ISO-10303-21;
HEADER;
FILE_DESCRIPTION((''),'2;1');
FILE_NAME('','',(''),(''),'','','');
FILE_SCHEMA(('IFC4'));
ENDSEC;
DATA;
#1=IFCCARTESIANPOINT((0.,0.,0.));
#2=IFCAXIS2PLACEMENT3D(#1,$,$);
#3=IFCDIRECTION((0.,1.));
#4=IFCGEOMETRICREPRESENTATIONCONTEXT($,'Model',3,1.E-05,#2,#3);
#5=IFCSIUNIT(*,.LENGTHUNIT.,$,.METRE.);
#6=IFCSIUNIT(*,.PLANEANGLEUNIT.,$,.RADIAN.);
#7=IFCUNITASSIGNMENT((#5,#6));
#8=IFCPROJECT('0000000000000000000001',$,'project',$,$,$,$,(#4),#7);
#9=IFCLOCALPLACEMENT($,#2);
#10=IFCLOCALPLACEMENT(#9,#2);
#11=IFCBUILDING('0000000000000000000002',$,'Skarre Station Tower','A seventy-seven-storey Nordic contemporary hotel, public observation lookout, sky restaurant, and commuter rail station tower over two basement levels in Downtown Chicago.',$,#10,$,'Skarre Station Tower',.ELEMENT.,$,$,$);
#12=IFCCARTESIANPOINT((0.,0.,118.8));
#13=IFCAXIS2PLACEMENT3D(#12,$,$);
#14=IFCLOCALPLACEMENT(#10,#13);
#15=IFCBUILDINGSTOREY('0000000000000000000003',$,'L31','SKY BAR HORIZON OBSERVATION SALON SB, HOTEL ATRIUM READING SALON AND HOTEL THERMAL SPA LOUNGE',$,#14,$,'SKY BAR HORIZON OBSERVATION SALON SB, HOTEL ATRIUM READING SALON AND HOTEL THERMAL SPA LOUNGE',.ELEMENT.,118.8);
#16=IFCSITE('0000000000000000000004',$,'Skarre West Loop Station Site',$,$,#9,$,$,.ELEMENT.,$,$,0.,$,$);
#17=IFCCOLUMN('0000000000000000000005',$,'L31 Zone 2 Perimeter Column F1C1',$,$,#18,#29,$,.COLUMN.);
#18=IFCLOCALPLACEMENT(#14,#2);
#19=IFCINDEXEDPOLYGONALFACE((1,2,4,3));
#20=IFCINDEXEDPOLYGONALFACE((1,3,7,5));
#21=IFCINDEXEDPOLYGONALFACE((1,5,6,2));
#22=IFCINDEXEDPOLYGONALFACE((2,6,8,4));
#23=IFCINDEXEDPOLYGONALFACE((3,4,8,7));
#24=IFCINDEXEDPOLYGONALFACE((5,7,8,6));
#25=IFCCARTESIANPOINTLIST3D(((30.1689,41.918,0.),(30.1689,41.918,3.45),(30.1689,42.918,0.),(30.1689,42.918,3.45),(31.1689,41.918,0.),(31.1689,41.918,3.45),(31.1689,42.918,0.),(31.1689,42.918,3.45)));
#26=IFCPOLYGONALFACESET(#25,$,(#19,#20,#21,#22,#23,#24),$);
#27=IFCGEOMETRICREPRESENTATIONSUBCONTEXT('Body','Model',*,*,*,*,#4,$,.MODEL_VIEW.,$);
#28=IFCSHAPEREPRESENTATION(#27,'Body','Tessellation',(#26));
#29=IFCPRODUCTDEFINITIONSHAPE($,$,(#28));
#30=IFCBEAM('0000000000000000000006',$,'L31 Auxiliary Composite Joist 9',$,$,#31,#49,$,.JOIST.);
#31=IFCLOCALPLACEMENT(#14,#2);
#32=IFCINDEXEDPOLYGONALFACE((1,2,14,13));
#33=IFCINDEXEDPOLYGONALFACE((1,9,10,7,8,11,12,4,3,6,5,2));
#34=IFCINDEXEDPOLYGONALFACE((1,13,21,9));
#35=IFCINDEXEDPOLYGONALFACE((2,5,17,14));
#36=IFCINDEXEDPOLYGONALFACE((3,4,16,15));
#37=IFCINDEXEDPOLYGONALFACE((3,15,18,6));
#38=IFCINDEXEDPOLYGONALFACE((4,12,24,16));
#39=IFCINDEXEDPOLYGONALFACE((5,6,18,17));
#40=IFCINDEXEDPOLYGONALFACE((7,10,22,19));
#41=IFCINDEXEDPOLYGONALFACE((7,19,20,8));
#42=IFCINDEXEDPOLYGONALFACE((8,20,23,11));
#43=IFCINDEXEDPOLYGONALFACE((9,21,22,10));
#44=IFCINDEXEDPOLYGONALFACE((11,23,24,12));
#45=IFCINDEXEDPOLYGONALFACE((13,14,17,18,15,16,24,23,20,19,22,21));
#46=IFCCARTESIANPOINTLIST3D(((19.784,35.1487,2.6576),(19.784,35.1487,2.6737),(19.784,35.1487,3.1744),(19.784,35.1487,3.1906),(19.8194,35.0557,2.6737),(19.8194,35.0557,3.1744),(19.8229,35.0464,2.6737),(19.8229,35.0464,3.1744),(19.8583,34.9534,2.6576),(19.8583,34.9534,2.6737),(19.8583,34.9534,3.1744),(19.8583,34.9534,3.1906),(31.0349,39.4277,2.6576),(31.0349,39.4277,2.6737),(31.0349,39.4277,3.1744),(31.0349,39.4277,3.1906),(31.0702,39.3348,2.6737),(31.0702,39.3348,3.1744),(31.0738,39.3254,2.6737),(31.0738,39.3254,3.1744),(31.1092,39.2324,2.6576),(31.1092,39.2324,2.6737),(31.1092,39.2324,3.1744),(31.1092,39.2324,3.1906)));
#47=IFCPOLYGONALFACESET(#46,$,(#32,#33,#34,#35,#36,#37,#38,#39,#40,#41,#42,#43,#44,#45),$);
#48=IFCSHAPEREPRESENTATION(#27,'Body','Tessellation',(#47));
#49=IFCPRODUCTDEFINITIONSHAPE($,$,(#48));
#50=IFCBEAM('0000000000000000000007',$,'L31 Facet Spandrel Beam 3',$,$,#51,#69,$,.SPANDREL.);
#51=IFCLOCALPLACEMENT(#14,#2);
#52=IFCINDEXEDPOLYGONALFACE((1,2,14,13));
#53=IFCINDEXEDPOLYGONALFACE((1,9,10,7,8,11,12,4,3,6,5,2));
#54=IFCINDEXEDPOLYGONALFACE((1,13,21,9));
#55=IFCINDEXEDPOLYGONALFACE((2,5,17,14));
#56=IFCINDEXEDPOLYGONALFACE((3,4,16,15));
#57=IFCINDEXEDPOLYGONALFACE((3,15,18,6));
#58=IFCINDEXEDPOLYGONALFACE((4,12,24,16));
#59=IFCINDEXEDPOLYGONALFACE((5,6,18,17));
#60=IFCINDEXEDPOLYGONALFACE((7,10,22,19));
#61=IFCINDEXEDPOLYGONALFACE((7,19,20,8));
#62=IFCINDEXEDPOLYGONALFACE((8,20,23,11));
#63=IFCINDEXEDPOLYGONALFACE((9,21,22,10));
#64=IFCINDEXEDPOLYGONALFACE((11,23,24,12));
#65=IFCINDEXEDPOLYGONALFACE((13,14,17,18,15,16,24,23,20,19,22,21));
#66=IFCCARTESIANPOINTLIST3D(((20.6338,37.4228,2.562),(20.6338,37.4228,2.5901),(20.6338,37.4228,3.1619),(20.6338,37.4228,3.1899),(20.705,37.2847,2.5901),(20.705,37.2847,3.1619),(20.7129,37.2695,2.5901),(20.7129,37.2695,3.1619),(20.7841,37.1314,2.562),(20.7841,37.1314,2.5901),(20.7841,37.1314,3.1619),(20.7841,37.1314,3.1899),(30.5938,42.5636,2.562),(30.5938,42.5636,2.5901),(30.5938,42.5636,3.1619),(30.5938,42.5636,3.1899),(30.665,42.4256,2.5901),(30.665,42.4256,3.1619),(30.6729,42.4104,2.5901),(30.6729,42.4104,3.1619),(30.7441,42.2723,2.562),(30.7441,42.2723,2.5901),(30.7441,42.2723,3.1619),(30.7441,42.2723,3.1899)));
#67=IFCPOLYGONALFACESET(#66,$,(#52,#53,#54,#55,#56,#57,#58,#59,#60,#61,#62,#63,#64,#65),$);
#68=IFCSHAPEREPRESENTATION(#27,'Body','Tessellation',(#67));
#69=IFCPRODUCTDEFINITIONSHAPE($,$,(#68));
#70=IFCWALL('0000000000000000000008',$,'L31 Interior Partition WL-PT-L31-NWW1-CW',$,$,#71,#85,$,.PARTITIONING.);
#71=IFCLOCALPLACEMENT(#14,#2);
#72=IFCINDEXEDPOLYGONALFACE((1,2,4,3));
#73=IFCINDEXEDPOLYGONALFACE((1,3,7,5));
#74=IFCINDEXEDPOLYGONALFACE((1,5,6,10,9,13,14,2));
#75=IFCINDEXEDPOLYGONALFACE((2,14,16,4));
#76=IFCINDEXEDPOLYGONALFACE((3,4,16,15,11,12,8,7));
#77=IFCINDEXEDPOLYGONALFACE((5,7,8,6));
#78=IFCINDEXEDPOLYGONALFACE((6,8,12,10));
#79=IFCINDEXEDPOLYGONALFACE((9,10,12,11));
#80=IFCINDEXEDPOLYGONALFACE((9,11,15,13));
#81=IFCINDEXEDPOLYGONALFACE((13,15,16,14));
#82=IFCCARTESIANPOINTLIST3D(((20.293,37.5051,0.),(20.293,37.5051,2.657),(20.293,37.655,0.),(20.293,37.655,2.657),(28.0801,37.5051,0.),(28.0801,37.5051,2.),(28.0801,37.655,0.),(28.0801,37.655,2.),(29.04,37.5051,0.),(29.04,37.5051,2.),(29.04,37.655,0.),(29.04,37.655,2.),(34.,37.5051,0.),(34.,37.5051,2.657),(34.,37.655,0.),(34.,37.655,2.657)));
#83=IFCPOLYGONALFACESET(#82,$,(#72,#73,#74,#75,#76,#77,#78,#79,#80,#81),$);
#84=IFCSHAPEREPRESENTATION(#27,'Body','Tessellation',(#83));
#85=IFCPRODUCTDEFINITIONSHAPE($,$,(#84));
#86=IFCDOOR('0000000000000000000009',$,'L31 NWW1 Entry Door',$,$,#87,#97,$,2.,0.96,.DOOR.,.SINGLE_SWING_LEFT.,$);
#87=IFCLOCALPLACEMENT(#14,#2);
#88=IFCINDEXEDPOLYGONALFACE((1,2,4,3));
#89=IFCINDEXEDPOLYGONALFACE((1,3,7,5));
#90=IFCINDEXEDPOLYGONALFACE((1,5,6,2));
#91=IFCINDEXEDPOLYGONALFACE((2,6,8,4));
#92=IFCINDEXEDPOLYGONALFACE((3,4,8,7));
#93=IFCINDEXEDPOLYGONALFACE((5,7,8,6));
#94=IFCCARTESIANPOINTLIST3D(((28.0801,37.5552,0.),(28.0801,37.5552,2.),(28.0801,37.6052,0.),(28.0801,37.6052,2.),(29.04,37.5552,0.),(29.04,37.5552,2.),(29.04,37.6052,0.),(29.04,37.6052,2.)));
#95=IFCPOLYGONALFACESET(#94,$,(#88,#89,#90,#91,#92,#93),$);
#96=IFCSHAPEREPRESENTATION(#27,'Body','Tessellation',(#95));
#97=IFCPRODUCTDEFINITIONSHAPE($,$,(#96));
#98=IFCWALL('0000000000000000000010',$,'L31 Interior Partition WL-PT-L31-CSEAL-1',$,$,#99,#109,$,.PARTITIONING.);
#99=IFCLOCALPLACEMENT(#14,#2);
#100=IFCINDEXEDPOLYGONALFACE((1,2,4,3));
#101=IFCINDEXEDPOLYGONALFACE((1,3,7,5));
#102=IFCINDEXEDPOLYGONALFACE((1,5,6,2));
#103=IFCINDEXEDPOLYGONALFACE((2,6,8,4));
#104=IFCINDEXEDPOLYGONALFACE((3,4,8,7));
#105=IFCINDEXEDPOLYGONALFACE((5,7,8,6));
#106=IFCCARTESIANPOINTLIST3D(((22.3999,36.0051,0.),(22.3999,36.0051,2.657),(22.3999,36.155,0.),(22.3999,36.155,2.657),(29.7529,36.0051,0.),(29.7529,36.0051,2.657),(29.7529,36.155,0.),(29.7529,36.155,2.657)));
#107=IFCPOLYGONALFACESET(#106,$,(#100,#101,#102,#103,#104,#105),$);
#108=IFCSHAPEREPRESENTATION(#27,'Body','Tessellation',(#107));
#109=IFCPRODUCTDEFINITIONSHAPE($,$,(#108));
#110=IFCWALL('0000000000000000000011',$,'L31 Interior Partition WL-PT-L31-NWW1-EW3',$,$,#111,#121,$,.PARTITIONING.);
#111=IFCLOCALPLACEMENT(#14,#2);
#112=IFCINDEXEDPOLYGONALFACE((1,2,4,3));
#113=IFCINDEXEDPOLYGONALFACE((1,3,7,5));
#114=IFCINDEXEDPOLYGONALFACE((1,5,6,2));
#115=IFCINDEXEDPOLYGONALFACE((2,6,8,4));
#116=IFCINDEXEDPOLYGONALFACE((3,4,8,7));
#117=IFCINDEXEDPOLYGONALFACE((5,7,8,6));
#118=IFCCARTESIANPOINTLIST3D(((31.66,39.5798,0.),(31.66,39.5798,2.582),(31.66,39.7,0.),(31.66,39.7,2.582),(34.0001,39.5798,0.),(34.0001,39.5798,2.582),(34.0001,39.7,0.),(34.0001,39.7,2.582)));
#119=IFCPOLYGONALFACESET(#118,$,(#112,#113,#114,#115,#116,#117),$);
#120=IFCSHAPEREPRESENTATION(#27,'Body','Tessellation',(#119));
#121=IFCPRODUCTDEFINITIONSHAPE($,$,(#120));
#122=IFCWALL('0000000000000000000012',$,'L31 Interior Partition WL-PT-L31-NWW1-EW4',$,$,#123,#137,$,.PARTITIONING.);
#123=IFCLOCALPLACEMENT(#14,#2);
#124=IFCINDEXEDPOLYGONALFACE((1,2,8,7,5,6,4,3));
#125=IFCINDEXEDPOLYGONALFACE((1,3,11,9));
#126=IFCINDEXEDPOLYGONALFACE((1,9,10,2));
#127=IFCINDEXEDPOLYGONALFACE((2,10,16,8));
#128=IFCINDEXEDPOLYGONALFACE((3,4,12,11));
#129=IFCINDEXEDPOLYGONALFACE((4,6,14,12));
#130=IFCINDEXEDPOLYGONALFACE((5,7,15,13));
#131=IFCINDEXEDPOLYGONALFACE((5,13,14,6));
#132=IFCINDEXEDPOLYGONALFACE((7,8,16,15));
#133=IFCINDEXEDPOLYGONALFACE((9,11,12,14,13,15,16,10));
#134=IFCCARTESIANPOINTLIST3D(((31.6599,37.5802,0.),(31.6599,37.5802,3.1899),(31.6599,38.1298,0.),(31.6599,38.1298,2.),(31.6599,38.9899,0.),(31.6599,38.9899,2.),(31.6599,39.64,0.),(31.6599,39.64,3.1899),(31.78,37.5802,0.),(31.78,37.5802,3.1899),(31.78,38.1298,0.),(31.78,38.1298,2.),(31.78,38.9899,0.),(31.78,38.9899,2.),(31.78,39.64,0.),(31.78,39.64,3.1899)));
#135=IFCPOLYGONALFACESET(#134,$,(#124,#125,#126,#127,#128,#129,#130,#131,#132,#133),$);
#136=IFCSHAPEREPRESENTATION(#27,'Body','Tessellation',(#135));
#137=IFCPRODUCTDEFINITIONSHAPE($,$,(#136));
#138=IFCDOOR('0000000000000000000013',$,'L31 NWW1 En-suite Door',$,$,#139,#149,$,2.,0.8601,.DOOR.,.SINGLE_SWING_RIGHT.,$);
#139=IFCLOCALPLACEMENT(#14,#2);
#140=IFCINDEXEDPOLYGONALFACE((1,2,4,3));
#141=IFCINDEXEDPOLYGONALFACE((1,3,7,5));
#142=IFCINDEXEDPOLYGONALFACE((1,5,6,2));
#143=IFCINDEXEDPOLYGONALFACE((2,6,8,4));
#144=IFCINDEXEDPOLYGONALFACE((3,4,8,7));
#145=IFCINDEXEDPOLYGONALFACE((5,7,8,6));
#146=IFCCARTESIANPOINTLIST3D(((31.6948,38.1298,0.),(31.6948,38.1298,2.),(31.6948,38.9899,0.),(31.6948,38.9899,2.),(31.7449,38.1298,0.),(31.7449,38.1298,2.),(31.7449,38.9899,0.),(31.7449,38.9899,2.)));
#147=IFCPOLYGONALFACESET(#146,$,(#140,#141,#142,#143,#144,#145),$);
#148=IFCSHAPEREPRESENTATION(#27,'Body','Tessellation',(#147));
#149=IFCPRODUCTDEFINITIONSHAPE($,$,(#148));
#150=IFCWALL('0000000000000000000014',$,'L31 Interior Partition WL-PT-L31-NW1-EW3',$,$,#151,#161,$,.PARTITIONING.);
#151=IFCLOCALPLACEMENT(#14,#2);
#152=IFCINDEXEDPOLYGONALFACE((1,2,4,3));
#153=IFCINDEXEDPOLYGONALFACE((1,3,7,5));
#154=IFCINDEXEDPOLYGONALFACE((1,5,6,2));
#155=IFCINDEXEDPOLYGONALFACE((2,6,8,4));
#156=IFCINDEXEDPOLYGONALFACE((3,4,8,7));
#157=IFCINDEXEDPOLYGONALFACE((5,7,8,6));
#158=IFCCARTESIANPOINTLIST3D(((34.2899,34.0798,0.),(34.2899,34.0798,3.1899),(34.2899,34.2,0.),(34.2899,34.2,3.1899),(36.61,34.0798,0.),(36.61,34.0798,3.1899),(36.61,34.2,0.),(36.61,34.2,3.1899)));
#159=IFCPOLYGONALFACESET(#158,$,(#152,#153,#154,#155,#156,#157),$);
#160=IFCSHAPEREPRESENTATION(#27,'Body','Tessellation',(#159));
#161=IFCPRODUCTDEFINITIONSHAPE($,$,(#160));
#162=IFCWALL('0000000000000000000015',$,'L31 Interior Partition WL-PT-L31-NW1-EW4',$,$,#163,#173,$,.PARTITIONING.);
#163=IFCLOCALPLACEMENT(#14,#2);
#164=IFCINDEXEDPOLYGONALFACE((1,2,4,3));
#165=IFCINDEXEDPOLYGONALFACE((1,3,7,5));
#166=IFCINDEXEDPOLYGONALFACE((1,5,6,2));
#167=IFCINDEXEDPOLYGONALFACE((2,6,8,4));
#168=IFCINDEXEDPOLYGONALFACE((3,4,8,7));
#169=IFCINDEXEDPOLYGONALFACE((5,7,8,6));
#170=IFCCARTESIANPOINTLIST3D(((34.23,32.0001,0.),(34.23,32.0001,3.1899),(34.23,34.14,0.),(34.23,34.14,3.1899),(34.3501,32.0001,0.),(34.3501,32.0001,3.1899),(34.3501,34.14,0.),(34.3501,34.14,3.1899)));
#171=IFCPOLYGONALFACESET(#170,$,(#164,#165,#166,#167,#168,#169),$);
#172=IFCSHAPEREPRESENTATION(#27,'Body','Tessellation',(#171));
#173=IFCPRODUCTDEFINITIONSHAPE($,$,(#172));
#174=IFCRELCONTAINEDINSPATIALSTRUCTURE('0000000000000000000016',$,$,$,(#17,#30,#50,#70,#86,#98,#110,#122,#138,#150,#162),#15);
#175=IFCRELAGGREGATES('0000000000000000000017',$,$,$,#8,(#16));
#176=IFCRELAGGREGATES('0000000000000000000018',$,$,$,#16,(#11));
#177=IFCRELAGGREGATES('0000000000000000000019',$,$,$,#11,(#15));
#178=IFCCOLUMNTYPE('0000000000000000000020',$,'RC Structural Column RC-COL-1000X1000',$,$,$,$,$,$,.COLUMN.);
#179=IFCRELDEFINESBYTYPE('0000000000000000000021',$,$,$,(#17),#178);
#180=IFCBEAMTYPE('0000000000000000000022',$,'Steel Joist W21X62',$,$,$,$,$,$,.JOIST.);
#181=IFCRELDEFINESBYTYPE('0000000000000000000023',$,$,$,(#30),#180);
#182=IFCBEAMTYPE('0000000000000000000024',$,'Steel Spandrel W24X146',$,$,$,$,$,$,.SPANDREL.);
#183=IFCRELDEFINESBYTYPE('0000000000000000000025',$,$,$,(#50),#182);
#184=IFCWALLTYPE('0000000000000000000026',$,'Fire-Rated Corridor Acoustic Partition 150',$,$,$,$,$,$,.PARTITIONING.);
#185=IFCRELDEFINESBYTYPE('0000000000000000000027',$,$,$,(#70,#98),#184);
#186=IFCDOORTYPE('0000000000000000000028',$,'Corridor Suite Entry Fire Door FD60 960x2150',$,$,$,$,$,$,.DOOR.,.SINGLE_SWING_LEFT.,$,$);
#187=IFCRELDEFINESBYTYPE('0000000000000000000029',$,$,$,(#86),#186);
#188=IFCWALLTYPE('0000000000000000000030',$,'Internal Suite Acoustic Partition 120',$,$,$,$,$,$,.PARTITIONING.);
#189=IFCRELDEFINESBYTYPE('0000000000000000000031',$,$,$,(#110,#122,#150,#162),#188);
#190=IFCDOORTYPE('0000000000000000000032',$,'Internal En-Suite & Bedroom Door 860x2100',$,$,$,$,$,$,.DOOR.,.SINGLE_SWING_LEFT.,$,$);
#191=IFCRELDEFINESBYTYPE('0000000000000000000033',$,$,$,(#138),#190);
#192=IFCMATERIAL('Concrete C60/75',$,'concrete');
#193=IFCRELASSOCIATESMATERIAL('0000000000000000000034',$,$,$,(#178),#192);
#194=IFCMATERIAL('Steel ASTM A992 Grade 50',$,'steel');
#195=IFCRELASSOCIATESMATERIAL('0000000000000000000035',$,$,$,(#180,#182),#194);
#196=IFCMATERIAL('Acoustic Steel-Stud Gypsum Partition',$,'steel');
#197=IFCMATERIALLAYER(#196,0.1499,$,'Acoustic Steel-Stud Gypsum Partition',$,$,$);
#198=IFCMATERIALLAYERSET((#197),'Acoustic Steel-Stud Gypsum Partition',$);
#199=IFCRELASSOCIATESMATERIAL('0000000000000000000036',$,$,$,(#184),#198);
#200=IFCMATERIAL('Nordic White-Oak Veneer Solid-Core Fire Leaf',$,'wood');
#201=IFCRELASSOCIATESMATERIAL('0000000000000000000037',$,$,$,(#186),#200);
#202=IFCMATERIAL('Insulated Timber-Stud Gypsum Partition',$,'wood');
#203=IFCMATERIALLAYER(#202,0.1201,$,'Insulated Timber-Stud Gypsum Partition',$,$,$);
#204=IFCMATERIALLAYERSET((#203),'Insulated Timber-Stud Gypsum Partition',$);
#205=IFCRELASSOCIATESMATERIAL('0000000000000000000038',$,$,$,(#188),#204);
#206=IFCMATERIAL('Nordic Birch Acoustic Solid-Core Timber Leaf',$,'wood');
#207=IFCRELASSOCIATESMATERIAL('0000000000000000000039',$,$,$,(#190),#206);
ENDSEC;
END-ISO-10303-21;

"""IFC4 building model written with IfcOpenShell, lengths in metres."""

from ifc_helpers import new_model, si_unit, direction, frame, frame_2d, origin, origin_2d, place, context, subcontext, project, spatial, rectangle, i_section, extrude, material, layer, layer_set, material_profile, profile_set, type_object, element, fill, save


model = new_model("IFC4")

# Units and contexts
model_context = context("Model", 3, precision=1e-05, world=origin(), true_north=direction((0.0, 1.0)))
body_context = subcontext(model_context, "Body", "Model", "MODEL_VIEW")
ifc_project = project(units=[si_unit("LENGTHUNIT", "METRE"), si_unit("PLANEANGLEUNIT", "RADIAN")], contexts=[model_context])

# Site, building, storey
site_placement = place(None, origin())
site = spatial("IfcSite", under=ifc_project, at=site_placement, Name="Skarre West Loop Station Site", CompositionType="ELEMENT", RefElevation=0.0)
building_placement = place(site_placement, origin())
building = spatial("IfcBuilding", under=site, at=building_placement, Name="Skarre Station Tower", Description="A seventy-seven-storey Nordic contemporary hotel, public observation lookout, sky restaurant, and commuter rail station tower over two basement levels in Downtown Chicago.", LongName="Skarre Station Tower", CompositionType="ELEMENT")
storey_placement = place(building_placement, frame((0.0, 0.0, 118.8)))
storey = spatial("IfcBuildingStorey", under=building, at=storey_placement, Name="L31", Description="SKY BAR HORIZON OBSERVATION SALON SB, HOTEL ATRIUM READING SALON AND HOTEL THERMAL SPA LOUNGE", LongName="SKY BAR HORIZON OBSERVATION SALON SB, HOTEL ATRIUM READING SALON AND HOTEL THERMAL SPA LOUNGE", CompositionType="ELEMENT", Elevation=118.8)

# Column
ifc_material_1 = material(Name="Concrete C60/75", Category="concrete")
ifc_material_profile_1 = material_profile(ifc_material_1, rectangle(XDim=1.0, YDim=1.0, at=origin_2d()), Name="Concrete C60/75")
ifc_profile_set_1 = profile_set([ifc_material_profile_1], Name="Concrete C60/75")
column_type = type_object("IfcColumnType", Name="RC Structural Column RC-COL-1000X1000", PredefinedType="COLUMN", material=ifc_profile_set_1)
column_placement = place(storey_placement, frame((30.6689, 42.418, 0.0), z_axis=(0.0, 0.0, 1.0), x_axis=(1.0, 0.0, 0.0)))
element("IfcColumn", 1, at=column_placement, inside=storey, type_object=column_type, Name="L31 Zone 2 Perimeter Column F1C1", PredefinedType="COLUMN", context=body_context, shape_type="SweptSolid", body=[
    extrude(rectangle(XDim=1.0, YDim=1.0, at=origin_2d()), origin(), (0.0, 0.0, 1.0), 3.45),
])

# Beams
ifc_material_2 = material(Name="Steel ASTM A992 Grade 50", Category="steel")
ifc_material_profile_2 = material_profile(ifc_material_2, i_section(OverallWidth=0.209, OverallDepth=0.533, WebThickness=0.01, FlangeThickness=0.0161, at=origin_2d()), Name="Steel ASTM A992 Grade 50")
ifc_profile_set_2 = profile_set([ifc_material_profile_2], Name="Steel ASTM A992 Grade 50")
beam_type_1 = type_object("IfcBeamType", Name="Steel Joist W21X62", PredefinedType="JOIST", material=ifc_profile_set_2)
beam_1_placement = place(storey_placement, frame((31.072, 39.3301, 2.9241), z_axis=(-0.934682, -0.355485, 0.0), x_axis=(0.355485, -0.934682, 0.0)))
element("IfcBeam", 2, at=beam_1_placement, inside=storey, type_object=beam_type_1, Name="L31 Auxiliary Composite Joist 9", PredefinedType="JOIST", context=body_context, shape_type="SweptSolid", body=[
    extrude(i_section(OverallWidth=0.209, OverallDepth=0.533, WebThickness=0.01, FlangeThickness=0.0161, at=origin_2d()), origin(), (0.0, 0.0, 1.0), 12.0371),
])
ifc_material_profile_3 = material_profile(ifc_material_2, i_section(OverallWidth=0.3279, OverallDepth=0.6279, WebThickness=0.0171, FlangeThickness=0.0281, at=origin_2d()), Name="Steel ASTM A992 Grade 50")
ifc_profile_set_3 = profile_set([ifc_material_profile_3], Name="Steel ASTM A992 Grade 50")
beam_type_2 = type_object("IfcBeamType", Name="Steel Spandrel W24X146", PredefinedType="SPANDREL", material=ifc_profile_set_3)
beam_2_placement = place(storey_placement, frame((30.6689, 42.418, 2.876), z_axis=(-0.888612, -0.45866, 0.0), x_axis=(0.45866, -0.888612, 0.0)))
element("IfcBeam", 3, at=beam_2_placement, inside=storey, type_object=beam_type_2, Name="L31 Facet Spandrel Beam 3", PredefinedType="SPANDREL", context=body_context, shape_type="SweptSolid", body=[
    extrude(i_section(OverallWidth=0.3279, OverallDepth=0.6279, WebThickness=0.0171, FlangeThickness=0.0281, at=origin_2d()), origin(), (0.0, 0.0, 1.0), 11.2085),
])

# Wall, opening, door
ifc_material_3 = material(Name="Acoustic Steel-Stud Gypsum Partition", Category="steel")
ifc_layer_1 = layer(ifc_material_3, 0.1499, Name="Acoustic Steel-Stud Gypsum Partition")
ifc_layer_set_1 = layer_set([ifc_layer_1], Name="Acoustic Steel-Stud Gypsum Partition")
wall_type_1 = type_object("IfcWallType", Name="Fire-Rated Corridor Acoustic Partition 150", PredefinedType="PARTITIONING", material=ifc_layer_set_1)
wall_1_placement = place(storey_placement, frame((34.0, 37.5801, 0.0), z_axis=(0.0, 0.0, 1.0), x_axis=(-1.0, 0.0, 0.0)))
wall_1 = element("IfcWall", 4, at=wall_1_placement, inside=storey, type_object=wall_type_1, Name="L31 Interior Partition WL-PT-L31-NWW1-CW", PredefinedType="PARTITIONING", context=body_context, shape_type="SweptSolid", body=[
    extrude(rectangle(XDim=13.707, YDim=0.1499, at=frame_2d((6.8535, 0.0))), origin(), (0.0, 0.0, 1.0), 2.657),
])
opening_1_placement = place(wall_1_placement, frame((4.96, 0.0, 0.0)))
opening_1 = element("IfcOpeningElement", 5, at=opening_1_placement, cuts=wall_1, PredefinedType="OPENING", context=body_context, shape_type="SweptSolid", body=[
    extrude(rectangle(XDim=0.96, YDim=2.0, at=frame_2d((0.48, 1.0))), frame((0.0, 0.085, 0.0), z_axis=(0.0, -1.0, 0.0), x_axis=(1.0, 0.0, 0.0)), (0.0, 0.0, 1.0), 0.1699),
])
ifc_material_4 = material(Name="Nordic White-Oak Veneer Solid-Core Fire Leaf", Category="wood")
door_type_1 = type_object("IfcDoorType", Name="Corridor Suite Entry Fire Door FD60 960x2150", OperationType="SINGLE_SWING_LEFT", PredefinedType="DOOR", material=ifc_material_4)
door_1_placement = place(opening_1_placement, origin())
door_1 = element("IfcDoor", 6, at=door_1_placement, inside=storey, type_object=door_type_1, Name="L31 NWW1 Entry Door", OperationType="SINGLE_SWING_LEFT", OverallHeight=2.0, OverallWidth=0.96, PredefinedType="DOOR", context=body_context, shape_type="SweptSolid", body=[
    extrude(rectangle(XDim=0.96, YDim=2.0, at=frame_2d((0.48, 1.0))), frame((0.0, 0.0249, 0.0), z_axis=(0.0, -1.0, 0.0), x_axis=(1.0, 0.0, 0.0)), (0.0, 0.0, 1.0), 0.05),
])
fill(opening_1, door_1)

# Walls
wall_2_placement = place(storey_placement, frame((29.7529, 36.0801, 0.0), z_axis=(0.0, 0.0, 1.0), x_axis=(-1.0, 0.0, 0.0)))
element("IfcWall", 7, at=wall_2_placement, inside=storey, type_object=wall_type_1, Name="L31 Interior Partition WL-PT-L31-CSEAL-1", PredefinedType="PARTITIONING", context=body_context, shape_type="SweptSolid", body=[
    extrude(rectangle(XDim=7.353, YDim=0.1499, at=frame_2d((3.6765, 0.0))), origin(), (0.0, 0.0, 1.0), 2.657),
])
ifc_material_5 = material(Name="Insulated Timber-Stud Gypsum Partition", Category="wood")
ifc_layer_2 = layer(ifc_material_5, 0.1201, Name="Insulated Timber-Stud Gypsum Partition")
ifc_layer_set_2 = layer_set([ifc_layer_2], Name="Insulated Timber-Stud Gypsum Partition")
wall_type_2 = type_object("IfcWallType", Name="Internal Suite Acoustic Partition 120", PredefinedType="PARTITIONING", material=ifc_layer_set_2)
wall_3_placement = place(storey_placement, frame((34.0, 39.6399, 0.0), z_axis=(0.0, 0.0, 1.0), x_axis=(-1.0, 0.0, 0.0)))
element("IfcWall", 8, at=wall_3_placement, inside=storey, type_object=wall_type_2, Name="L31 Interior Partition WL-PT-L31-NWW1-EW3", PredefinedType="PARTITIONING", context=body_context, shape_type="SweptSolid", body=[
    extrude(rectangle(XDim=2.3401, YDim=0.1201, at=frame_2d((1.1699, 0.0))), origin(), (0.0, 0.0, 1.0), 2.582),
])

# Wall, opening, door
wall_4_placement = place(storey_placement, frame((31.72, 39.6399, 0.0), z_axis=(0.0, 0.0, 1.0), x_axis=(0.0, -1.0, 0.0)))
wall_4 = element("IfcWall", 9, at=wall_4_placement, inside=storey, type_object=wall_type_2, Name="L31 Interior Partition WL-PT-L31-NWW1-EW4", PredefinedType="PARTITIONING", context=body_context, shape_type="SweptSolid", body=[
    extrude(rectangle(XDim=2.0598, YDim=0.1201, at=frame_2d((1.0298, 0.0))), origin(), (0.0, 0.0, 1.0), 3.1899),
])
opening_2_placement = place(wall_4_placement, frame((0.6499, 0.0, 0.0)))
opening_2 = element("IfcOpeningElement", 10, at=opening_2_placement, cuts=wall_4, PredefinedType="OPENING", context=body_context, shape_type="SweptSolid", body=[
    extrude(rectangle(XDim=0.8601, YDim=2.0, at=frame_2d((0.4302, 1.0))), frame((0.0, 0.0701, 0.0), z_axis=(0.0, -1.0, 0.0), x_axis=(1.0, 0.0, 0.0)), (0.0, 0.0, 1.0), 0.1401),
])
ifc_material_6 = material(Name="Nordic Birch Acoustic Solid-Core Timber Leaf", Category="wood")
door_type_2 = type_object("IfcDoorType", Name="Internal En-Suite & Bedroom Door 860x2100", OperationType="SINGLE_SWING_LEFT", PredefinedType="DOOR", material=ifc_material_6)
door_2_placement = place(opening_2_placement, origin())
door_2 = element("IfcDoor", 11, at=door_2_placement, inside=storey, type_object=door_type_2, Name="L31 NWW1 En-suite Door", OperationType="SINGLE_SWING_RIGHT", OverallHeight=2.0, OverallWidth=0.8601, PredefinedType="DOOR", context=body_context, shape_type="SweptSolid", body=[
    extrude(rectangle(XDim=0.8601, YDim=2.0, at=frame_2d((0.4302, 1.0))), frame((0.0, 0.0249, 0.0), z_axis=(0.0, -1.0, 0.0), x_axis=(1.0, 0.0, 0.0)), (0.0, 0.0, 1.0), 0.05),
])
fill(opening_2, door_2)

# Walls
wall_5_placement = place(storey_placement, frame((36.6101, 34.1399, 0.0), z_axis=(0.0, 0.0, 1.0), x_axis=(-1.0, 0.0, 0.0)))
element("IfcWall", 12, at=wall_5_placement, inside=storey, type_object=wall_type_2, Name="L31 Interior Partition WL-PT-L31-NW1-EW3", PredefinedType="PARTITIONING", context=body_context, shape_type="SweptSolid", body=[
    extrude(rectangle(XDim=2.3201, YDim=0.1201, at=frame_2d((1.1602, 0.0))), origin(), (0.0, 0.0, 1.0), 3.1899),
])
wall_6_placement = place(storey_placement, frame((34.29, 34.1399, 0.0), z_axis=(0.0, 0.0, 1.0), x_axis=(0.0, -1.0, 0.0)))
element("IfcWall", 13, at=wall_6_placement, inside=storey, type_object=wall_type_2, Name="L31 Interior Partition WL-PT-L31-NW1-EW4", PredefinedType="PARTITIONING", context=body_context, shape_type="SweptSolid", body=[
    extrude(rectangle(XDim=2.1399, YDim=0.1201, at=frame_2d((1.0698, 0.0))), origin(), (0.0, 0.0, 1.0), 3.1899),
])

save(model, "model.ifc")
